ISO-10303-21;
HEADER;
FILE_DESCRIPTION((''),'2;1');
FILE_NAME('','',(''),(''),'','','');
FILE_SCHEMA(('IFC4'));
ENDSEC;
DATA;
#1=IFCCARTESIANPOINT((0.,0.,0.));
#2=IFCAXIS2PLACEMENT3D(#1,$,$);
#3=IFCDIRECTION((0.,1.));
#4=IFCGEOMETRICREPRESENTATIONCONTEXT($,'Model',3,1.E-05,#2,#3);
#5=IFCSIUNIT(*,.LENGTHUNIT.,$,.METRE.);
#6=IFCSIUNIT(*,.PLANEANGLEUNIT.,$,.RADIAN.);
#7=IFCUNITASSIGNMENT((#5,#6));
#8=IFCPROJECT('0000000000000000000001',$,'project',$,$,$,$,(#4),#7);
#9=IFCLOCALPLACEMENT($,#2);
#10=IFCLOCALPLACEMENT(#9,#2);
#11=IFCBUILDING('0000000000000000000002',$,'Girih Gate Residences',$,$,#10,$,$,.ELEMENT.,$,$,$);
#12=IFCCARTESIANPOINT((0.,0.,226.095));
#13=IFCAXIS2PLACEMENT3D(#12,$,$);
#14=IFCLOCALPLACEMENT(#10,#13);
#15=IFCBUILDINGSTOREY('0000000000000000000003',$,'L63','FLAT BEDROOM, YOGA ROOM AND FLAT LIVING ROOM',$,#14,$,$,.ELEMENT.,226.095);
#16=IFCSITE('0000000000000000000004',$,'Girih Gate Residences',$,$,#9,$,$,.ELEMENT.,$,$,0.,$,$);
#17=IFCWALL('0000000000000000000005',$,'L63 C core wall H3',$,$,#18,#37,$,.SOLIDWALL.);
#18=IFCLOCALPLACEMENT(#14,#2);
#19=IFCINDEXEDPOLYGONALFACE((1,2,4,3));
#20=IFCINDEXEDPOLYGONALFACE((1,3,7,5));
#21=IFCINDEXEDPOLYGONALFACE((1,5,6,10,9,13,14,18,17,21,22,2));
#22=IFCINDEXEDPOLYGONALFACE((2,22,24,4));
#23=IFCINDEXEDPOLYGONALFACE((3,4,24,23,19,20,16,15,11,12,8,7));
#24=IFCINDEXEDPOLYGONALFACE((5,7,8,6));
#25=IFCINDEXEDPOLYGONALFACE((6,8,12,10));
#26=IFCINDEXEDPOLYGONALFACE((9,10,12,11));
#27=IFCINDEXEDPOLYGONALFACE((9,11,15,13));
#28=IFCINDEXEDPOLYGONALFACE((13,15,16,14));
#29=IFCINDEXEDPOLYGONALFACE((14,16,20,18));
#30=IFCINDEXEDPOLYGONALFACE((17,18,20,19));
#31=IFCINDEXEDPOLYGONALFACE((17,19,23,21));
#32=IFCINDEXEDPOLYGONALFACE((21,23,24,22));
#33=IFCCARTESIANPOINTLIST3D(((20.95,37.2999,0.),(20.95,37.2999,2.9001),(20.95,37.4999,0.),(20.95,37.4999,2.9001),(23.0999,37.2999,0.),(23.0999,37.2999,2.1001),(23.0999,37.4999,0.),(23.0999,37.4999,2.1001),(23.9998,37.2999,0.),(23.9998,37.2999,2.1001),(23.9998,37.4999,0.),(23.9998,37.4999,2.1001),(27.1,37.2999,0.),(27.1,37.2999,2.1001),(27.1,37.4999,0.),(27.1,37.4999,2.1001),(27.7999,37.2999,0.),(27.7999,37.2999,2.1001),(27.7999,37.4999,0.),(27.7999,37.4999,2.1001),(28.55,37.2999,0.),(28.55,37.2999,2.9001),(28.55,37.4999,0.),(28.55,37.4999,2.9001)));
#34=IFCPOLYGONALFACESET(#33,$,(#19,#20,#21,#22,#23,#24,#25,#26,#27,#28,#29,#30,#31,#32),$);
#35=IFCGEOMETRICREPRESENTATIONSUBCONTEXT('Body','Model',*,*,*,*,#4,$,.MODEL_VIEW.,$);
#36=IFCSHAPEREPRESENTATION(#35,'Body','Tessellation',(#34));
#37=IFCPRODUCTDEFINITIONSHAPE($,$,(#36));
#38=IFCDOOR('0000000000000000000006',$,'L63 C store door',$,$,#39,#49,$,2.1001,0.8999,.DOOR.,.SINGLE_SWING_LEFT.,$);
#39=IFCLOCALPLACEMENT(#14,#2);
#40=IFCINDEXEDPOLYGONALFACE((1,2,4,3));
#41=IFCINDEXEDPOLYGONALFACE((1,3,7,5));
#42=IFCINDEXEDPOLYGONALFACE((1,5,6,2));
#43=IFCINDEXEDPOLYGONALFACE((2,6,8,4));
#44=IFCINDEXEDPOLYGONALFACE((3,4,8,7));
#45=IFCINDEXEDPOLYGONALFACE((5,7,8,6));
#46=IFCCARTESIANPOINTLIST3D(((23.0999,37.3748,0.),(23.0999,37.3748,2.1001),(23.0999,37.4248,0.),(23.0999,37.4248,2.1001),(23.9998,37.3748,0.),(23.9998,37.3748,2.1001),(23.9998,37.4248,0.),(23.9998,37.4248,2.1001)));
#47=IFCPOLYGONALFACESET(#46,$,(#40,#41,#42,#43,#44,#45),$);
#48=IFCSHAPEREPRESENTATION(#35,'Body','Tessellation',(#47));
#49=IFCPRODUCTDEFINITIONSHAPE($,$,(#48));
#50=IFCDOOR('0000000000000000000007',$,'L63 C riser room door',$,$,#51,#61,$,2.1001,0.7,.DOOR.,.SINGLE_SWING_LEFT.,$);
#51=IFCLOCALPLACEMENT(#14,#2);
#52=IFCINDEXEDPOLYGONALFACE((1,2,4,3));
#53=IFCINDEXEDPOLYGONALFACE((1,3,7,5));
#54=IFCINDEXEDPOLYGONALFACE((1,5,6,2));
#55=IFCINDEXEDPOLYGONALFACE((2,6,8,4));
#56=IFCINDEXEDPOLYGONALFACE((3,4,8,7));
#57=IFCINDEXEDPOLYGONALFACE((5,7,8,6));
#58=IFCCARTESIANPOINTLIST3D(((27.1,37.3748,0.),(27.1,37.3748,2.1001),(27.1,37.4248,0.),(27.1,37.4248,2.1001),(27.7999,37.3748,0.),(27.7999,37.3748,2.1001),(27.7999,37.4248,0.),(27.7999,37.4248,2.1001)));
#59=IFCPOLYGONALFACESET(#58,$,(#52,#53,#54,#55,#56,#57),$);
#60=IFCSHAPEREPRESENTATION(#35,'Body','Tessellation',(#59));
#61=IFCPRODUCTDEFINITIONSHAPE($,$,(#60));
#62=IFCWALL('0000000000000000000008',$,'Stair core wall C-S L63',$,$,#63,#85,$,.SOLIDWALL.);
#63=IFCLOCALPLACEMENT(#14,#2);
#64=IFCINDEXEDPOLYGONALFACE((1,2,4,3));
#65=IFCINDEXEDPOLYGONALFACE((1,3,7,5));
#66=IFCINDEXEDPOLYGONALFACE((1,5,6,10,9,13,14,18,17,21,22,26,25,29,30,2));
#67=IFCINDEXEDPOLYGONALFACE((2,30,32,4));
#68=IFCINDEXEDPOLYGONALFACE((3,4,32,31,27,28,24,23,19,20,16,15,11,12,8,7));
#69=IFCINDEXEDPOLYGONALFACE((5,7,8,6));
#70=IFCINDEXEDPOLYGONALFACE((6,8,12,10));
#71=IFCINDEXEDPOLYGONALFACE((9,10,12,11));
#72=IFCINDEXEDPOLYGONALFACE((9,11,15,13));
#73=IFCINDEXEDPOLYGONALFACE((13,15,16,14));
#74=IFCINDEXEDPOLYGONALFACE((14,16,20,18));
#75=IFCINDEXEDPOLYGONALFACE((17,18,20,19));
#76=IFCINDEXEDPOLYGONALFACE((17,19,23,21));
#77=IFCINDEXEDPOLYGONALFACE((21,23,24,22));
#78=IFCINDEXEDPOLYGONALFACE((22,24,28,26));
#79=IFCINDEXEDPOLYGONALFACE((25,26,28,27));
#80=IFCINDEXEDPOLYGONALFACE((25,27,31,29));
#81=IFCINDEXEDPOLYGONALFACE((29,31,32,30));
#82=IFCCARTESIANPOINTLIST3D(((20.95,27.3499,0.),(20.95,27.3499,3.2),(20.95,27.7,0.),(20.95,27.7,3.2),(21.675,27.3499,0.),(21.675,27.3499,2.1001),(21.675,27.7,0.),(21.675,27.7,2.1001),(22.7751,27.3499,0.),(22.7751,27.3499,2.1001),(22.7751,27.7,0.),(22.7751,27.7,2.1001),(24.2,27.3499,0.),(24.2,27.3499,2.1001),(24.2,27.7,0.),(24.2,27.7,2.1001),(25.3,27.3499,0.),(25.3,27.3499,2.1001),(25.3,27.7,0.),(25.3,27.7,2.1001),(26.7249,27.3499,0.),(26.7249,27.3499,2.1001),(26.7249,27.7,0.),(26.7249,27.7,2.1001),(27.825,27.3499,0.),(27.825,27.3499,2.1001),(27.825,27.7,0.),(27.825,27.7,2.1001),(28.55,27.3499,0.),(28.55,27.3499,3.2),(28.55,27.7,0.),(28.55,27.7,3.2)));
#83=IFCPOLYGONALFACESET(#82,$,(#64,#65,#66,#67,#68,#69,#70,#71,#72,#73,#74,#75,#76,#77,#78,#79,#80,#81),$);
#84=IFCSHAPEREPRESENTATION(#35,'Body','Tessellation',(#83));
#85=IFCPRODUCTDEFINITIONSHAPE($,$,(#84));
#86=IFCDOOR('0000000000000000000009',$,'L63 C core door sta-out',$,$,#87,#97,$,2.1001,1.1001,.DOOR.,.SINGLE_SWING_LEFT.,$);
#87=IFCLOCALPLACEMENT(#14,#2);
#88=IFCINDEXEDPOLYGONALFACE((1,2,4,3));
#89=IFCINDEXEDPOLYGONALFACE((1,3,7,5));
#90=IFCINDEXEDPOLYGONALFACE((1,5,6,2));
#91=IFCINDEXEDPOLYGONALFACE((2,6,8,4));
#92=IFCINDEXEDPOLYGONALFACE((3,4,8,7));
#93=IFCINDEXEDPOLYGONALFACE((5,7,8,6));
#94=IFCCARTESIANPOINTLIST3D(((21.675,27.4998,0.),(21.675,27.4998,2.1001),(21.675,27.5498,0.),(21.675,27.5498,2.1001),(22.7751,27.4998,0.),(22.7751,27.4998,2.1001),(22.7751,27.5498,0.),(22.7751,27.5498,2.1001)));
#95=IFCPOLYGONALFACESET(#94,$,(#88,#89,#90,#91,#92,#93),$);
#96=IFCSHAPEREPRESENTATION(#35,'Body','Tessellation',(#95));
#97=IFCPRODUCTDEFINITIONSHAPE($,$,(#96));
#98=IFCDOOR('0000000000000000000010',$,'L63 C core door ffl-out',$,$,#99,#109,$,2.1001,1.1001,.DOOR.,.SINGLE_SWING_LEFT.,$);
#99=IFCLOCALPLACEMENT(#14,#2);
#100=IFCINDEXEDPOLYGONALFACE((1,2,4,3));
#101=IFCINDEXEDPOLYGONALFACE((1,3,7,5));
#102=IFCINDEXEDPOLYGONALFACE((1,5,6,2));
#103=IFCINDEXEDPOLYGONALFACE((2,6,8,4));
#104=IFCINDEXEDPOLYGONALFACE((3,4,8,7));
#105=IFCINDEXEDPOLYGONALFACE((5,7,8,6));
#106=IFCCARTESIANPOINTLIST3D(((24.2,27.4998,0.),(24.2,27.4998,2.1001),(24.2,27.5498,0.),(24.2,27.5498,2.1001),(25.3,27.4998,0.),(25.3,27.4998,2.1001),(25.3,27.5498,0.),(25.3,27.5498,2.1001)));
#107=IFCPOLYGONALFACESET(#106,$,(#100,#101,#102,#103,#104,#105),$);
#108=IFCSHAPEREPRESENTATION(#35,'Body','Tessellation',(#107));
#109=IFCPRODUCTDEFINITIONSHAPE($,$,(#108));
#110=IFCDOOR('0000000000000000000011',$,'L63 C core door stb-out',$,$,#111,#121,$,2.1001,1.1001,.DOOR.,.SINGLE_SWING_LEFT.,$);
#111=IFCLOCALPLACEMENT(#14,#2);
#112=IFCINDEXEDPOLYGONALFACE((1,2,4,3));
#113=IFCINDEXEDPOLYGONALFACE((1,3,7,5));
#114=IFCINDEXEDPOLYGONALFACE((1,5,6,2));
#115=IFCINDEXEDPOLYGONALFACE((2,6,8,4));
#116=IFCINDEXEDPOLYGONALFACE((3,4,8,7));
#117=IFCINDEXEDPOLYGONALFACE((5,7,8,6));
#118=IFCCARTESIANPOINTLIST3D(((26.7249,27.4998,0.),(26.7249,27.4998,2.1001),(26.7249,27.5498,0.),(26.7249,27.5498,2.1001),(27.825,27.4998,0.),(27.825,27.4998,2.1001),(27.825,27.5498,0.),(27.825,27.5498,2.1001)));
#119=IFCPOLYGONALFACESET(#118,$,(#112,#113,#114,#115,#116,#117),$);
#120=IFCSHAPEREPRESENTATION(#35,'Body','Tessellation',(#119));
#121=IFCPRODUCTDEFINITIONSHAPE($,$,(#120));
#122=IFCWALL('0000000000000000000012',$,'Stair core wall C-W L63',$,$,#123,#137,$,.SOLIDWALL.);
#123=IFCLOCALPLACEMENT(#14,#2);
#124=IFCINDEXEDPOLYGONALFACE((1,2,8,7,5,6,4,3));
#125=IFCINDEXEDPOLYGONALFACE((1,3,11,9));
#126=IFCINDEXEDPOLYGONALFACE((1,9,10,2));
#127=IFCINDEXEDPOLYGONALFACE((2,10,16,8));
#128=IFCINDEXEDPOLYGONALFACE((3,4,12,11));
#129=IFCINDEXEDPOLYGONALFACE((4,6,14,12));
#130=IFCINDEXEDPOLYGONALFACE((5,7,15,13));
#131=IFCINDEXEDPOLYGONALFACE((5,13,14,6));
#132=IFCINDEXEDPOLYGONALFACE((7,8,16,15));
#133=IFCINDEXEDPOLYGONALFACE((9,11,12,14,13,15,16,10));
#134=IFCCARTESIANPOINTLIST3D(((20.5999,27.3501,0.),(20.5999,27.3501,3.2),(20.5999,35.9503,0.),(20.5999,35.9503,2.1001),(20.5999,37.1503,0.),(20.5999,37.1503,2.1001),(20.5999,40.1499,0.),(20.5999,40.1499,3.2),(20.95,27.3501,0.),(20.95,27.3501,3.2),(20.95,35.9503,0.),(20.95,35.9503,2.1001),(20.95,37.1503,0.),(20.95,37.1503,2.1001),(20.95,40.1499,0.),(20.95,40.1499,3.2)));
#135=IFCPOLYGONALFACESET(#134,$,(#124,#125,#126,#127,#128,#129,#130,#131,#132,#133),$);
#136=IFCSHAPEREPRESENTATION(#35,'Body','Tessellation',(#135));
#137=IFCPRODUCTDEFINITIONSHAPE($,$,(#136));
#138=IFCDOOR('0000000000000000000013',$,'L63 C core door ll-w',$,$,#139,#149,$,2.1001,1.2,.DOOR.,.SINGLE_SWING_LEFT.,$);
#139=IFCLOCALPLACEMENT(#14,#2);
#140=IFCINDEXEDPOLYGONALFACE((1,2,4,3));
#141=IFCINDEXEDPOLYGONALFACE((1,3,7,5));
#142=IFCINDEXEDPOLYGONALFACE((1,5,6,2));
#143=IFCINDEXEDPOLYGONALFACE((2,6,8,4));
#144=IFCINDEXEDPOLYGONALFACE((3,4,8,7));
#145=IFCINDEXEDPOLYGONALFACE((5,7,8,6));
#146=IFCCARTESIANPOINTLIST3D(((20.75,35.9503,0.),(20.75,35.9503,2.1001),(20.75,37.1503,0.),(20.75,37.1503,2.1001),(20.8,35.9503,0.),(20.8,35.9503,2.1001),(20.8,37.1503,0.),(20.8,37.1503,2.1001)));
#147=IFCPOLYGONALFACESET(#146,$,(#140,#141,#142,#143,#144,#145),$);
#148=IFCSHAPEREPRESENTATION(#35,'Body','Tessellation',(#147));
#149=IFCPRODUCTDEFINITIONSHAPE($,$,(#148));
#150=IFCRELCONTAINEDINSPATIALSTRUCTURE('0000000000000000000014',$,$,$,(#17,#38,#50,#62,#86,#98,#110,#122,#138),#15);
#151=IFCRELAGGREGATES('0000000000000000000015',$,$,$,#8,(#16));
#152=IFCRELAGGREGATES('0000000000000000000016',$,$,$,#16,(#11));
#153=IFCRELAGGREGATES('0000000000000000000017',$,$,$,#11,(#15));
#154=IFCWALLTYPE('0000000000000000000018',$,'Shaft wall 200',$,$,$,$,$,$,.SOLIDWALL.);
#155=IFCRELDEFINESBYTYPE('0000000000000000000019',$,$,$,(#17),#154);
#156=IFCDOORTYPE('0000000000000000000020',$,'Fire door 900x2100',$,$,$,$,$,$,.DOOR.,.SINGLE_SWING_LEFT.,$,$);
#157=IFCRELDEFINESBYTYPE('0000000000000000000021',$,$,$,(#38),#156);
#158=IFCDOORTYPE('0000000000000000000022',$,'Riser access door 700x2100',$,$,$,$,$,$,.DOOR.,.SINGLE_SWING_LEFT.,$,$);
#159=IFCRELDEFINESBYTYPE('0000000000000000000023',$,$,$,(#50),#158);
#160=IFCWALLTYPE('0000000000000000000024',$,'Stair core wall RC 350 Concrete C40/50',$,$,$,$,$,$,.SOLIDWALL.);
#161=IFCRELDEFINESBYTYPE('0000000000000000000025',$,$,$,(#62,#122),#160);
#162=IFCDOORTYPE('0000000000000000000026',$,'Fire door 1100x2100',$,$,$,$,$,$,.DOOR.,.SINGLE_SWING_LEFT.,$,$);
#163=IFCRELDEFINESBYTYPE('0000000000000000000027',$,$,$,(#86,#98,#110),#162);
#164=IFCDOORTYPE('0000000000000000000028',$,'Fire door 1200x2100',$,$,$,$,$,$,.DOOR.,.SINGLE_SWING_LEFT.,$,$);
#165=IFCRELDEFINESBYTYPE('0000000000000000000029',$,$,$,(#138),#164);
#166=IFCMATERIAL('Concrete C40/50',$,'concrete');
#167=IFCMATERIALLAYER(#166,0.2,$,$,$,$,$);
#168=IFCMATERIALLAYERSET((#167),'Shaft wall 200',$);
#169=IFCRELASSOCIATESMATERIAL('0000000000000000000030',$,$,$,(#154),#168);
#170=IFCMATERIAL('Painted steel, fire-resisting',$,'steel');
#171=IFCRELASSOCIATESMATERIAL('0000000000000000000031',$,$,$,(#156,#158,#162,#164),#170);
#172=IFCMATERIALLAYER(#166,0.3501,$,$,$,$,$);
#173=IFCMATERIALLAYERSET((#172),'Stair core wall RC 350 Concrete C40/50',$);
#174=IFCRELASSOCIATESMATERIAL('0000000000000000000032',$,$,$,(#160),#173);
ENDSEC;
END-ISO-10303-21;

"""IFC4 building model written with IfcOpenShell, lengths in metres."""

from ifc_helpers import new_model, si_unit, direction, frame, frame_2d, origin, place, context, subcontext, project, spatial, rectangle, extrude, material, layer, layer_set, type_object, element, fill, save


model = new_model("IFC4")

# Units and contexts
model_context = context("Model", 3, precision=1e-05, world=origin(), true_north=direction((0.0, 1.0)))
body_context = subcontext(model_context, "Body", "Model", "MODEL_VIEW")
ifc_project = project(units=[si_unit("LENGTHUNIT", "METRE"), si_unit("PLANEANGLEUNIT", "RADIAN")], contexts=[model_context])

# Site, building, storey
site_placement = place(None, origin())
site = spatial("IfcSite", under=ifc_project, at=site_placement, Name="Girih Gate Residences", CompositionType="ELEMENT", RefElevation=0.0)
building_placement = place(site_placement, origin())
building = spatial("IfcBuilding", under=site, at=building_placement, Name="Girih Gate Residences", CompositionType="ELEMENT")
storey_placement = place(building_placement, frame((0.0, 0.0, 226.095)))
storey = spatial("IfcBuildingStorey", under=building, at=storey_placement, Name="L63", Description="FLAT BEDROOM, YOGA ROOM AND FLAT LIVING ROOM", CompositionType="ELEMENT", Elevation=226.095)

# Shared definitions
ifc_material_1 = material(Name="Concrete C40/50", Category="concrete")
ifc_layer_1 = layer(ifc_material_1, 0.2)
ifc_layer_set_1 = layer_set([ifc_layer_1], Name="Shaft wall 200")
wall_type_1 = type_object("IfcWallType", Name="Shaft wall 200", PredefinedType="SOLIDWALL", material=ifc_layer_set_1)

# Shared definitions
ifc_material_2 = material(Name="Painted steel, fire-resisting", Category="steel")
door_type_1 = type_object("IfcDoorType", Name="Fire door 900x2100", OperationType="SINGLE_SWING_LEFT", PredefinedType="DOOR", material=ifc_material_2)

# Walls, openings, doors
wall_1_placement = place(storey_placement, frame((20.95, 37.3999, 0.0), z_axis=(0.0, 0.0, 1.0), x_axis=(1.0, 0.0, 0.0)))
wall_1 = element("IfcWall", 1, at=wall_1_placement, inside=storey, type_object=wall_type_1, Name="L63 C core wall H3", PredefinedType="SOLIDWALL", context=body_context, shape_type="SweptSolid", body=[
    extrude(rectangle(XDim=7.6001, YDim=0.2, at=frame_2d((3.8, 0.0))), origin(), (0.0, 0.0, 1.0), 2.9001),
])
opening_1_placement = place(wall_1_placement, frame((6.1499, 0.0, 0.0)))
opening_1 = element("IfcOpeningElement", 2, at=opening_1_placement, cuts=wall_1, PredefinedType="OPENING", context=body_context, shape_type="SweptSolid", body=[
    extrude(rectangle(XDim=0.7, YDim=2.1001, at=frame_2d((0.3501, 1.05))), frame((0.0, 0.1099, 0.0), z_axis=(0.0, -1.0, 0.0), x_axis=(1.0, 0.0, 0.0)), (0.0, 0.0, 1.0), 0.22),
])
opening_2_placement = place(wall_1_placement, frame((2.1499, 0.0, 0.0)))
opening_2 = element("IfcOpeningElement", 3, at=opening_2_placement, cuts=wall_1, PredefinedType="OPENING", context=body_context, shape_type="SweptSolid", body=[
    extrude(rectangle(XDim=0.8999, YDim=2.1001, at=frame_2d((0.45, 1.05))), frame((0.0, 0.1099, 0.0), z_axis=(0.0, -1.0, 0.0), x_axis=(1.0, 0.0, 0.0)), (0.0, 0.0, 1.0), 0.22),
])
door_1_placement = place(opening_2_placement, origin())
door_1 = element("IfcDoor", 4, at=door_1_placement, inside=storey, type_object=door_type_1, Name="L63 C store door", OperationType="SINGLE_SWING_LEFT", OverallHeight=2.1001, OverallWidth=0.8999, PredefinedType="DOOR", context=body_context, shape_type="SweptSolid", body=[
    extrude(rectangle(XDim=0.8999, YDim=2.1001, at=frame_2d((0.45, 1.05))), frame((0.0, 0.0249, 0.0), z_axis=(0.0, -1.0, 0.0), x_axis=(1.0, 0.0, 0.0)), (0.0, 0.0, 1.0), 0.05),
])
fill(opening_2, door_1)
door_type_2 = type_object("IfcDoorType", Name="Riser access door 700x2100", OperationType="SINGLE_SWING_LEFT", PredefinedType="DOOR", material=ifc_material_2)
door_2_placement = place(opening_1_placement, origin())
door_2 = element("IfcDoor", 5, at=door_2_placement, inside=storey, type_object=door_type_2, Name="L63 C riser room door", OperationType="SINGLE_SWING_LEFT", OverallHeight=2.1001, OverallWidth=0.7, PredefinedType="DOOR", context=body_context, shape_type="SweptSolid", body=[
    extrude(rectangle(XDim=0.7, YDim=2.1001, at=frame_2d((0.3501, 1.05))), frame((0.0, 0.0249, 0.0), z_axis=(0.0, -1.0, 0.0), x_axis=(1.0, 0.0, 0.0)), (0.0, 0.0, 1.0), 0.05),
])
fill(opening_1, door_2)
ifc_layer_2 = layer(ifc_material_1, 0.3501)
ifc_layer_set_2 = layer_set([ifc_layer_2], Name="Stair core wall RC 350 Concrete C40/50")
wall_type_2 = type_object("IfcWallType", Name="Stair core wall RC 350 Concrete C40/50", PredefinedType="SOLIDWALL", material=ifc_layer_set_2)
wall_2_placement = place(storey_placement, frame((20.95, 27.5249, 0.0), z_axis=(0.0, 0.0, 1.0), x_axis=(1.0, 0.0, 0.0)))
wall_2 = element("IfcWall", 6, at=wall_2_placement, inside=storey, type_object=wall_type_2, Name="Stair core wall C-S L63", PredefinedType="SOLIDWALL", context=body_context, shape_type="SweptSolid", body=[
    extrude(rectangle(XDim=7.6001, YDim=0.3501, at=frame_2d((3.8, 0.0))), origin(), (0.0, 0.0, 1.0), 3.2),
])
opening_3_placement = place(wall_2_placement, frame((0.7251, 0.0, 0.0)))
opening_3 = element("IfcOpeningElement", 7, at=opening_3_placement, cuts=wall_2, PredefinedType="OPENING", context=body_context, shape_type="SweptSolid", body=[
    extrude(rectangle(XDim=1.1001, YDim=2.1001, at=frame_2d((0.55, 1.05))), frame((0.0, 0.1851, 0.0), z_axis=(0.0, -1.0, 0.0), x_axis=(1.0, 0.0, 0.0)), (0.0, 0.0, 1.0), 0.3701),
])
opening_4_placement = place(wall_2_placement, frame((3.25, 0.0, 0.0)))
opening_4 = element("IfcOpeningElement", 8, at=opening_4_placement, cuts=wall_2, PredefinedType="OPENING", context=body_context, shape_type="SweptSolid", body=[
    extrude(rectangle(XDim=1.1001, YDim=2.1001, at=frame_2d((0.55, 1.05))), frame((0.0, 0.1851, 0.0), z_axis=(0.0, -1.0, 0.0), x_axis=(1.0, 0.0, 0.0)), (0.0, 0.0, 1.0), 0.3701),
])
opening_5_placement = place(wall_2_placement, frame((5.7749, 0.0, 0.0)))
opening_5 = element("IfcOpeningElement", 9, at=opening_5_placement, cuts=wall_2, PredefinedType="OPENING", context=body_context, shape_type="SweptSolid", body=[
    extrude(rectangle(XDim=1.1001, YDim=2.1001, at=frame_2d((0.55, 1.05))), frame((0.0, 0.1851, 0.0), z_axis=(0.0, -1.0, 0.0), x_axis=(1.0, 0.0, 0.0)), (0.0, 0.0, 1.0), 0.3701),
])
door_type_3 = type_object("IfcDoorType", Name="Fire door 1100x2100", OperationType="SINGLE_SWING_LEFT", PredefinedType="DOOR", material=ifc_material_2)
door_3_placement = place(opening_3_placement, origin())
door_3 = element("IfcDoor", 10, at=door_3_placement, inside=storey, type_object=door_type_3, Name="L63 C core door sta-out", OperationType="SINGLE_SWING_LEFT", OverallHeight=2.1001, OverallWidth=1.1001, PredefinedType="DOOR", context=body_context, shape_type="SweptSolid", body=[
    extrude(rectangle(XDim=1.1001, YDim=2.1001, at=frame_2d((0.55, 1.05))), frame((0.0, 0.0249, 0.0), z_axis=(0.0, -1.0, 0.0), x_axis=(1.0, 0.0, 0.0)), (0.0, 0.0, 1.0), 0.05),
])
fill(opening_3, door_3)
door_4_placement = place(opening_4_placement, origin())
door_4 = element("IfcDoor", 11, at=door_4_placement, inside=storey, type_object=door_type_3, Name="L63 C core door ffl-out", OperationType="SINGLE_SWING_LEFT", OverallHeight=2.1001, OverallWidth=1.1001, PredefinedType="DOOR", context=body_context, shape_type="SweptSolid", body=[
    extrude(rectangle(XDim=1.1001, YDim=2.1001, at=frame_2d((0.55, 1.05))), frame((0.0, 0.0249, 0.0), z_axis=(0.0, -1.0, 0.0), x_axis=(1.0, 0.0, 0.0)), (0.0, 0.0, 1.0), 0.05),
])
fill(opening_4, door_4)
door_5_placement = place(opening_5_placement, origin())
door_5 = element("IfcDoor", 12, at=door_5_placement, inside=storey, type_object=door_type_3, Name="L63 C core door stb-out", OperationType="SINGLE_SWING_LEFT", OverallHeight=2.1001, OverallWidth=1.1001, PredefinedType="DOOR", context=body_context, shape_type="SweptSolid", body=[
    extrude(rectangle(XDim=1.1001, YDim=2.1001, at=frame_2d((0.55, 1.05))), frame((0.0, 0.0249, 0.0), z_axis=(0.0, -1.0, 0.0), x_axis=(1.0, 0.0, 0.0)), (0.0, 0.0, 1.0), 0.05),
])
fill(opening_5, door_5)

# Wall, opening, door
wall_3_placement = place(storey_placement, frame((20.7749, 27.3501, 0.0), z_axis=(0.0, 0.0, 1.0), x_axis=(0.0, 1.0, 0.0)))
wall_3 = element("IfcWall", 13, at=wall_3_placement, inside=storey, type_object=wall_type_2, Name="Stair core wall C-W L63", PredefinedType="SOLIDWALL", context=body_context, shape_type="SweptSolid", body=[
    extrude(rectangle(XDim=12.7998, YDim=0.3501, at=frame_2d((6.3999, 0.0))), origin(), (0.0, 0.0, 1.0), 3.2),
])
opening_6_placement = place(wall_3_placement, frame((8.6001, 0.0, 0.0)))
opening_6 = element("IfcOpeningElement", 14, at=opening_6_placement, cuts=wall_3, PredefinedType="OPENING", context=body_context, shape_type="SweptSolid", body=[
    extrude(rectangle(XDim=1.2, YDim=2.1001, at=frame_2d((0.6001, 1.05))), frame((0.0, 0.1851, 0.0), z_axis=(0.0, -1.0, 0.0), x_axis=(1.0, 0.0, 0.0)), (0.0, 0.0, 1.0), 0.3701),
])
door_type_4 = type_object("IfcDoorType", Name="Fire door 1200x2100", OperationType="SINGLE_SWING_LEFT", PredefinedType="DOOR", material=ifc_material_2)
door_6_placement = place(opening_6_placement, origin())
door_6 = element("IfcDoor", 15, at=door_6_placement, inside=storey, type_object=door_type_4, Name="L63 C core door ll-w", OperationType="SINGLE_SWING_LEFT", OverallHeight=2.1001, OverallWidth=1.2, PredefinedType="DOOR", context=body_context, shape_type="SweptSolid", body=[
    extrude(rectangle(XDim=1.2, YDim=2.1001, at=frame_2d((0.6001, 1.05))), frame((0.0, 0.0249, 0.0), z_axis=(0.0, -1.0, 0.0), x_axis=(1.0, 0.0, 0.0)), (0.0, 0.0, 1.0), 0.05),
])
fill(opening_6, door_6)

save(model, "model.ifc")
